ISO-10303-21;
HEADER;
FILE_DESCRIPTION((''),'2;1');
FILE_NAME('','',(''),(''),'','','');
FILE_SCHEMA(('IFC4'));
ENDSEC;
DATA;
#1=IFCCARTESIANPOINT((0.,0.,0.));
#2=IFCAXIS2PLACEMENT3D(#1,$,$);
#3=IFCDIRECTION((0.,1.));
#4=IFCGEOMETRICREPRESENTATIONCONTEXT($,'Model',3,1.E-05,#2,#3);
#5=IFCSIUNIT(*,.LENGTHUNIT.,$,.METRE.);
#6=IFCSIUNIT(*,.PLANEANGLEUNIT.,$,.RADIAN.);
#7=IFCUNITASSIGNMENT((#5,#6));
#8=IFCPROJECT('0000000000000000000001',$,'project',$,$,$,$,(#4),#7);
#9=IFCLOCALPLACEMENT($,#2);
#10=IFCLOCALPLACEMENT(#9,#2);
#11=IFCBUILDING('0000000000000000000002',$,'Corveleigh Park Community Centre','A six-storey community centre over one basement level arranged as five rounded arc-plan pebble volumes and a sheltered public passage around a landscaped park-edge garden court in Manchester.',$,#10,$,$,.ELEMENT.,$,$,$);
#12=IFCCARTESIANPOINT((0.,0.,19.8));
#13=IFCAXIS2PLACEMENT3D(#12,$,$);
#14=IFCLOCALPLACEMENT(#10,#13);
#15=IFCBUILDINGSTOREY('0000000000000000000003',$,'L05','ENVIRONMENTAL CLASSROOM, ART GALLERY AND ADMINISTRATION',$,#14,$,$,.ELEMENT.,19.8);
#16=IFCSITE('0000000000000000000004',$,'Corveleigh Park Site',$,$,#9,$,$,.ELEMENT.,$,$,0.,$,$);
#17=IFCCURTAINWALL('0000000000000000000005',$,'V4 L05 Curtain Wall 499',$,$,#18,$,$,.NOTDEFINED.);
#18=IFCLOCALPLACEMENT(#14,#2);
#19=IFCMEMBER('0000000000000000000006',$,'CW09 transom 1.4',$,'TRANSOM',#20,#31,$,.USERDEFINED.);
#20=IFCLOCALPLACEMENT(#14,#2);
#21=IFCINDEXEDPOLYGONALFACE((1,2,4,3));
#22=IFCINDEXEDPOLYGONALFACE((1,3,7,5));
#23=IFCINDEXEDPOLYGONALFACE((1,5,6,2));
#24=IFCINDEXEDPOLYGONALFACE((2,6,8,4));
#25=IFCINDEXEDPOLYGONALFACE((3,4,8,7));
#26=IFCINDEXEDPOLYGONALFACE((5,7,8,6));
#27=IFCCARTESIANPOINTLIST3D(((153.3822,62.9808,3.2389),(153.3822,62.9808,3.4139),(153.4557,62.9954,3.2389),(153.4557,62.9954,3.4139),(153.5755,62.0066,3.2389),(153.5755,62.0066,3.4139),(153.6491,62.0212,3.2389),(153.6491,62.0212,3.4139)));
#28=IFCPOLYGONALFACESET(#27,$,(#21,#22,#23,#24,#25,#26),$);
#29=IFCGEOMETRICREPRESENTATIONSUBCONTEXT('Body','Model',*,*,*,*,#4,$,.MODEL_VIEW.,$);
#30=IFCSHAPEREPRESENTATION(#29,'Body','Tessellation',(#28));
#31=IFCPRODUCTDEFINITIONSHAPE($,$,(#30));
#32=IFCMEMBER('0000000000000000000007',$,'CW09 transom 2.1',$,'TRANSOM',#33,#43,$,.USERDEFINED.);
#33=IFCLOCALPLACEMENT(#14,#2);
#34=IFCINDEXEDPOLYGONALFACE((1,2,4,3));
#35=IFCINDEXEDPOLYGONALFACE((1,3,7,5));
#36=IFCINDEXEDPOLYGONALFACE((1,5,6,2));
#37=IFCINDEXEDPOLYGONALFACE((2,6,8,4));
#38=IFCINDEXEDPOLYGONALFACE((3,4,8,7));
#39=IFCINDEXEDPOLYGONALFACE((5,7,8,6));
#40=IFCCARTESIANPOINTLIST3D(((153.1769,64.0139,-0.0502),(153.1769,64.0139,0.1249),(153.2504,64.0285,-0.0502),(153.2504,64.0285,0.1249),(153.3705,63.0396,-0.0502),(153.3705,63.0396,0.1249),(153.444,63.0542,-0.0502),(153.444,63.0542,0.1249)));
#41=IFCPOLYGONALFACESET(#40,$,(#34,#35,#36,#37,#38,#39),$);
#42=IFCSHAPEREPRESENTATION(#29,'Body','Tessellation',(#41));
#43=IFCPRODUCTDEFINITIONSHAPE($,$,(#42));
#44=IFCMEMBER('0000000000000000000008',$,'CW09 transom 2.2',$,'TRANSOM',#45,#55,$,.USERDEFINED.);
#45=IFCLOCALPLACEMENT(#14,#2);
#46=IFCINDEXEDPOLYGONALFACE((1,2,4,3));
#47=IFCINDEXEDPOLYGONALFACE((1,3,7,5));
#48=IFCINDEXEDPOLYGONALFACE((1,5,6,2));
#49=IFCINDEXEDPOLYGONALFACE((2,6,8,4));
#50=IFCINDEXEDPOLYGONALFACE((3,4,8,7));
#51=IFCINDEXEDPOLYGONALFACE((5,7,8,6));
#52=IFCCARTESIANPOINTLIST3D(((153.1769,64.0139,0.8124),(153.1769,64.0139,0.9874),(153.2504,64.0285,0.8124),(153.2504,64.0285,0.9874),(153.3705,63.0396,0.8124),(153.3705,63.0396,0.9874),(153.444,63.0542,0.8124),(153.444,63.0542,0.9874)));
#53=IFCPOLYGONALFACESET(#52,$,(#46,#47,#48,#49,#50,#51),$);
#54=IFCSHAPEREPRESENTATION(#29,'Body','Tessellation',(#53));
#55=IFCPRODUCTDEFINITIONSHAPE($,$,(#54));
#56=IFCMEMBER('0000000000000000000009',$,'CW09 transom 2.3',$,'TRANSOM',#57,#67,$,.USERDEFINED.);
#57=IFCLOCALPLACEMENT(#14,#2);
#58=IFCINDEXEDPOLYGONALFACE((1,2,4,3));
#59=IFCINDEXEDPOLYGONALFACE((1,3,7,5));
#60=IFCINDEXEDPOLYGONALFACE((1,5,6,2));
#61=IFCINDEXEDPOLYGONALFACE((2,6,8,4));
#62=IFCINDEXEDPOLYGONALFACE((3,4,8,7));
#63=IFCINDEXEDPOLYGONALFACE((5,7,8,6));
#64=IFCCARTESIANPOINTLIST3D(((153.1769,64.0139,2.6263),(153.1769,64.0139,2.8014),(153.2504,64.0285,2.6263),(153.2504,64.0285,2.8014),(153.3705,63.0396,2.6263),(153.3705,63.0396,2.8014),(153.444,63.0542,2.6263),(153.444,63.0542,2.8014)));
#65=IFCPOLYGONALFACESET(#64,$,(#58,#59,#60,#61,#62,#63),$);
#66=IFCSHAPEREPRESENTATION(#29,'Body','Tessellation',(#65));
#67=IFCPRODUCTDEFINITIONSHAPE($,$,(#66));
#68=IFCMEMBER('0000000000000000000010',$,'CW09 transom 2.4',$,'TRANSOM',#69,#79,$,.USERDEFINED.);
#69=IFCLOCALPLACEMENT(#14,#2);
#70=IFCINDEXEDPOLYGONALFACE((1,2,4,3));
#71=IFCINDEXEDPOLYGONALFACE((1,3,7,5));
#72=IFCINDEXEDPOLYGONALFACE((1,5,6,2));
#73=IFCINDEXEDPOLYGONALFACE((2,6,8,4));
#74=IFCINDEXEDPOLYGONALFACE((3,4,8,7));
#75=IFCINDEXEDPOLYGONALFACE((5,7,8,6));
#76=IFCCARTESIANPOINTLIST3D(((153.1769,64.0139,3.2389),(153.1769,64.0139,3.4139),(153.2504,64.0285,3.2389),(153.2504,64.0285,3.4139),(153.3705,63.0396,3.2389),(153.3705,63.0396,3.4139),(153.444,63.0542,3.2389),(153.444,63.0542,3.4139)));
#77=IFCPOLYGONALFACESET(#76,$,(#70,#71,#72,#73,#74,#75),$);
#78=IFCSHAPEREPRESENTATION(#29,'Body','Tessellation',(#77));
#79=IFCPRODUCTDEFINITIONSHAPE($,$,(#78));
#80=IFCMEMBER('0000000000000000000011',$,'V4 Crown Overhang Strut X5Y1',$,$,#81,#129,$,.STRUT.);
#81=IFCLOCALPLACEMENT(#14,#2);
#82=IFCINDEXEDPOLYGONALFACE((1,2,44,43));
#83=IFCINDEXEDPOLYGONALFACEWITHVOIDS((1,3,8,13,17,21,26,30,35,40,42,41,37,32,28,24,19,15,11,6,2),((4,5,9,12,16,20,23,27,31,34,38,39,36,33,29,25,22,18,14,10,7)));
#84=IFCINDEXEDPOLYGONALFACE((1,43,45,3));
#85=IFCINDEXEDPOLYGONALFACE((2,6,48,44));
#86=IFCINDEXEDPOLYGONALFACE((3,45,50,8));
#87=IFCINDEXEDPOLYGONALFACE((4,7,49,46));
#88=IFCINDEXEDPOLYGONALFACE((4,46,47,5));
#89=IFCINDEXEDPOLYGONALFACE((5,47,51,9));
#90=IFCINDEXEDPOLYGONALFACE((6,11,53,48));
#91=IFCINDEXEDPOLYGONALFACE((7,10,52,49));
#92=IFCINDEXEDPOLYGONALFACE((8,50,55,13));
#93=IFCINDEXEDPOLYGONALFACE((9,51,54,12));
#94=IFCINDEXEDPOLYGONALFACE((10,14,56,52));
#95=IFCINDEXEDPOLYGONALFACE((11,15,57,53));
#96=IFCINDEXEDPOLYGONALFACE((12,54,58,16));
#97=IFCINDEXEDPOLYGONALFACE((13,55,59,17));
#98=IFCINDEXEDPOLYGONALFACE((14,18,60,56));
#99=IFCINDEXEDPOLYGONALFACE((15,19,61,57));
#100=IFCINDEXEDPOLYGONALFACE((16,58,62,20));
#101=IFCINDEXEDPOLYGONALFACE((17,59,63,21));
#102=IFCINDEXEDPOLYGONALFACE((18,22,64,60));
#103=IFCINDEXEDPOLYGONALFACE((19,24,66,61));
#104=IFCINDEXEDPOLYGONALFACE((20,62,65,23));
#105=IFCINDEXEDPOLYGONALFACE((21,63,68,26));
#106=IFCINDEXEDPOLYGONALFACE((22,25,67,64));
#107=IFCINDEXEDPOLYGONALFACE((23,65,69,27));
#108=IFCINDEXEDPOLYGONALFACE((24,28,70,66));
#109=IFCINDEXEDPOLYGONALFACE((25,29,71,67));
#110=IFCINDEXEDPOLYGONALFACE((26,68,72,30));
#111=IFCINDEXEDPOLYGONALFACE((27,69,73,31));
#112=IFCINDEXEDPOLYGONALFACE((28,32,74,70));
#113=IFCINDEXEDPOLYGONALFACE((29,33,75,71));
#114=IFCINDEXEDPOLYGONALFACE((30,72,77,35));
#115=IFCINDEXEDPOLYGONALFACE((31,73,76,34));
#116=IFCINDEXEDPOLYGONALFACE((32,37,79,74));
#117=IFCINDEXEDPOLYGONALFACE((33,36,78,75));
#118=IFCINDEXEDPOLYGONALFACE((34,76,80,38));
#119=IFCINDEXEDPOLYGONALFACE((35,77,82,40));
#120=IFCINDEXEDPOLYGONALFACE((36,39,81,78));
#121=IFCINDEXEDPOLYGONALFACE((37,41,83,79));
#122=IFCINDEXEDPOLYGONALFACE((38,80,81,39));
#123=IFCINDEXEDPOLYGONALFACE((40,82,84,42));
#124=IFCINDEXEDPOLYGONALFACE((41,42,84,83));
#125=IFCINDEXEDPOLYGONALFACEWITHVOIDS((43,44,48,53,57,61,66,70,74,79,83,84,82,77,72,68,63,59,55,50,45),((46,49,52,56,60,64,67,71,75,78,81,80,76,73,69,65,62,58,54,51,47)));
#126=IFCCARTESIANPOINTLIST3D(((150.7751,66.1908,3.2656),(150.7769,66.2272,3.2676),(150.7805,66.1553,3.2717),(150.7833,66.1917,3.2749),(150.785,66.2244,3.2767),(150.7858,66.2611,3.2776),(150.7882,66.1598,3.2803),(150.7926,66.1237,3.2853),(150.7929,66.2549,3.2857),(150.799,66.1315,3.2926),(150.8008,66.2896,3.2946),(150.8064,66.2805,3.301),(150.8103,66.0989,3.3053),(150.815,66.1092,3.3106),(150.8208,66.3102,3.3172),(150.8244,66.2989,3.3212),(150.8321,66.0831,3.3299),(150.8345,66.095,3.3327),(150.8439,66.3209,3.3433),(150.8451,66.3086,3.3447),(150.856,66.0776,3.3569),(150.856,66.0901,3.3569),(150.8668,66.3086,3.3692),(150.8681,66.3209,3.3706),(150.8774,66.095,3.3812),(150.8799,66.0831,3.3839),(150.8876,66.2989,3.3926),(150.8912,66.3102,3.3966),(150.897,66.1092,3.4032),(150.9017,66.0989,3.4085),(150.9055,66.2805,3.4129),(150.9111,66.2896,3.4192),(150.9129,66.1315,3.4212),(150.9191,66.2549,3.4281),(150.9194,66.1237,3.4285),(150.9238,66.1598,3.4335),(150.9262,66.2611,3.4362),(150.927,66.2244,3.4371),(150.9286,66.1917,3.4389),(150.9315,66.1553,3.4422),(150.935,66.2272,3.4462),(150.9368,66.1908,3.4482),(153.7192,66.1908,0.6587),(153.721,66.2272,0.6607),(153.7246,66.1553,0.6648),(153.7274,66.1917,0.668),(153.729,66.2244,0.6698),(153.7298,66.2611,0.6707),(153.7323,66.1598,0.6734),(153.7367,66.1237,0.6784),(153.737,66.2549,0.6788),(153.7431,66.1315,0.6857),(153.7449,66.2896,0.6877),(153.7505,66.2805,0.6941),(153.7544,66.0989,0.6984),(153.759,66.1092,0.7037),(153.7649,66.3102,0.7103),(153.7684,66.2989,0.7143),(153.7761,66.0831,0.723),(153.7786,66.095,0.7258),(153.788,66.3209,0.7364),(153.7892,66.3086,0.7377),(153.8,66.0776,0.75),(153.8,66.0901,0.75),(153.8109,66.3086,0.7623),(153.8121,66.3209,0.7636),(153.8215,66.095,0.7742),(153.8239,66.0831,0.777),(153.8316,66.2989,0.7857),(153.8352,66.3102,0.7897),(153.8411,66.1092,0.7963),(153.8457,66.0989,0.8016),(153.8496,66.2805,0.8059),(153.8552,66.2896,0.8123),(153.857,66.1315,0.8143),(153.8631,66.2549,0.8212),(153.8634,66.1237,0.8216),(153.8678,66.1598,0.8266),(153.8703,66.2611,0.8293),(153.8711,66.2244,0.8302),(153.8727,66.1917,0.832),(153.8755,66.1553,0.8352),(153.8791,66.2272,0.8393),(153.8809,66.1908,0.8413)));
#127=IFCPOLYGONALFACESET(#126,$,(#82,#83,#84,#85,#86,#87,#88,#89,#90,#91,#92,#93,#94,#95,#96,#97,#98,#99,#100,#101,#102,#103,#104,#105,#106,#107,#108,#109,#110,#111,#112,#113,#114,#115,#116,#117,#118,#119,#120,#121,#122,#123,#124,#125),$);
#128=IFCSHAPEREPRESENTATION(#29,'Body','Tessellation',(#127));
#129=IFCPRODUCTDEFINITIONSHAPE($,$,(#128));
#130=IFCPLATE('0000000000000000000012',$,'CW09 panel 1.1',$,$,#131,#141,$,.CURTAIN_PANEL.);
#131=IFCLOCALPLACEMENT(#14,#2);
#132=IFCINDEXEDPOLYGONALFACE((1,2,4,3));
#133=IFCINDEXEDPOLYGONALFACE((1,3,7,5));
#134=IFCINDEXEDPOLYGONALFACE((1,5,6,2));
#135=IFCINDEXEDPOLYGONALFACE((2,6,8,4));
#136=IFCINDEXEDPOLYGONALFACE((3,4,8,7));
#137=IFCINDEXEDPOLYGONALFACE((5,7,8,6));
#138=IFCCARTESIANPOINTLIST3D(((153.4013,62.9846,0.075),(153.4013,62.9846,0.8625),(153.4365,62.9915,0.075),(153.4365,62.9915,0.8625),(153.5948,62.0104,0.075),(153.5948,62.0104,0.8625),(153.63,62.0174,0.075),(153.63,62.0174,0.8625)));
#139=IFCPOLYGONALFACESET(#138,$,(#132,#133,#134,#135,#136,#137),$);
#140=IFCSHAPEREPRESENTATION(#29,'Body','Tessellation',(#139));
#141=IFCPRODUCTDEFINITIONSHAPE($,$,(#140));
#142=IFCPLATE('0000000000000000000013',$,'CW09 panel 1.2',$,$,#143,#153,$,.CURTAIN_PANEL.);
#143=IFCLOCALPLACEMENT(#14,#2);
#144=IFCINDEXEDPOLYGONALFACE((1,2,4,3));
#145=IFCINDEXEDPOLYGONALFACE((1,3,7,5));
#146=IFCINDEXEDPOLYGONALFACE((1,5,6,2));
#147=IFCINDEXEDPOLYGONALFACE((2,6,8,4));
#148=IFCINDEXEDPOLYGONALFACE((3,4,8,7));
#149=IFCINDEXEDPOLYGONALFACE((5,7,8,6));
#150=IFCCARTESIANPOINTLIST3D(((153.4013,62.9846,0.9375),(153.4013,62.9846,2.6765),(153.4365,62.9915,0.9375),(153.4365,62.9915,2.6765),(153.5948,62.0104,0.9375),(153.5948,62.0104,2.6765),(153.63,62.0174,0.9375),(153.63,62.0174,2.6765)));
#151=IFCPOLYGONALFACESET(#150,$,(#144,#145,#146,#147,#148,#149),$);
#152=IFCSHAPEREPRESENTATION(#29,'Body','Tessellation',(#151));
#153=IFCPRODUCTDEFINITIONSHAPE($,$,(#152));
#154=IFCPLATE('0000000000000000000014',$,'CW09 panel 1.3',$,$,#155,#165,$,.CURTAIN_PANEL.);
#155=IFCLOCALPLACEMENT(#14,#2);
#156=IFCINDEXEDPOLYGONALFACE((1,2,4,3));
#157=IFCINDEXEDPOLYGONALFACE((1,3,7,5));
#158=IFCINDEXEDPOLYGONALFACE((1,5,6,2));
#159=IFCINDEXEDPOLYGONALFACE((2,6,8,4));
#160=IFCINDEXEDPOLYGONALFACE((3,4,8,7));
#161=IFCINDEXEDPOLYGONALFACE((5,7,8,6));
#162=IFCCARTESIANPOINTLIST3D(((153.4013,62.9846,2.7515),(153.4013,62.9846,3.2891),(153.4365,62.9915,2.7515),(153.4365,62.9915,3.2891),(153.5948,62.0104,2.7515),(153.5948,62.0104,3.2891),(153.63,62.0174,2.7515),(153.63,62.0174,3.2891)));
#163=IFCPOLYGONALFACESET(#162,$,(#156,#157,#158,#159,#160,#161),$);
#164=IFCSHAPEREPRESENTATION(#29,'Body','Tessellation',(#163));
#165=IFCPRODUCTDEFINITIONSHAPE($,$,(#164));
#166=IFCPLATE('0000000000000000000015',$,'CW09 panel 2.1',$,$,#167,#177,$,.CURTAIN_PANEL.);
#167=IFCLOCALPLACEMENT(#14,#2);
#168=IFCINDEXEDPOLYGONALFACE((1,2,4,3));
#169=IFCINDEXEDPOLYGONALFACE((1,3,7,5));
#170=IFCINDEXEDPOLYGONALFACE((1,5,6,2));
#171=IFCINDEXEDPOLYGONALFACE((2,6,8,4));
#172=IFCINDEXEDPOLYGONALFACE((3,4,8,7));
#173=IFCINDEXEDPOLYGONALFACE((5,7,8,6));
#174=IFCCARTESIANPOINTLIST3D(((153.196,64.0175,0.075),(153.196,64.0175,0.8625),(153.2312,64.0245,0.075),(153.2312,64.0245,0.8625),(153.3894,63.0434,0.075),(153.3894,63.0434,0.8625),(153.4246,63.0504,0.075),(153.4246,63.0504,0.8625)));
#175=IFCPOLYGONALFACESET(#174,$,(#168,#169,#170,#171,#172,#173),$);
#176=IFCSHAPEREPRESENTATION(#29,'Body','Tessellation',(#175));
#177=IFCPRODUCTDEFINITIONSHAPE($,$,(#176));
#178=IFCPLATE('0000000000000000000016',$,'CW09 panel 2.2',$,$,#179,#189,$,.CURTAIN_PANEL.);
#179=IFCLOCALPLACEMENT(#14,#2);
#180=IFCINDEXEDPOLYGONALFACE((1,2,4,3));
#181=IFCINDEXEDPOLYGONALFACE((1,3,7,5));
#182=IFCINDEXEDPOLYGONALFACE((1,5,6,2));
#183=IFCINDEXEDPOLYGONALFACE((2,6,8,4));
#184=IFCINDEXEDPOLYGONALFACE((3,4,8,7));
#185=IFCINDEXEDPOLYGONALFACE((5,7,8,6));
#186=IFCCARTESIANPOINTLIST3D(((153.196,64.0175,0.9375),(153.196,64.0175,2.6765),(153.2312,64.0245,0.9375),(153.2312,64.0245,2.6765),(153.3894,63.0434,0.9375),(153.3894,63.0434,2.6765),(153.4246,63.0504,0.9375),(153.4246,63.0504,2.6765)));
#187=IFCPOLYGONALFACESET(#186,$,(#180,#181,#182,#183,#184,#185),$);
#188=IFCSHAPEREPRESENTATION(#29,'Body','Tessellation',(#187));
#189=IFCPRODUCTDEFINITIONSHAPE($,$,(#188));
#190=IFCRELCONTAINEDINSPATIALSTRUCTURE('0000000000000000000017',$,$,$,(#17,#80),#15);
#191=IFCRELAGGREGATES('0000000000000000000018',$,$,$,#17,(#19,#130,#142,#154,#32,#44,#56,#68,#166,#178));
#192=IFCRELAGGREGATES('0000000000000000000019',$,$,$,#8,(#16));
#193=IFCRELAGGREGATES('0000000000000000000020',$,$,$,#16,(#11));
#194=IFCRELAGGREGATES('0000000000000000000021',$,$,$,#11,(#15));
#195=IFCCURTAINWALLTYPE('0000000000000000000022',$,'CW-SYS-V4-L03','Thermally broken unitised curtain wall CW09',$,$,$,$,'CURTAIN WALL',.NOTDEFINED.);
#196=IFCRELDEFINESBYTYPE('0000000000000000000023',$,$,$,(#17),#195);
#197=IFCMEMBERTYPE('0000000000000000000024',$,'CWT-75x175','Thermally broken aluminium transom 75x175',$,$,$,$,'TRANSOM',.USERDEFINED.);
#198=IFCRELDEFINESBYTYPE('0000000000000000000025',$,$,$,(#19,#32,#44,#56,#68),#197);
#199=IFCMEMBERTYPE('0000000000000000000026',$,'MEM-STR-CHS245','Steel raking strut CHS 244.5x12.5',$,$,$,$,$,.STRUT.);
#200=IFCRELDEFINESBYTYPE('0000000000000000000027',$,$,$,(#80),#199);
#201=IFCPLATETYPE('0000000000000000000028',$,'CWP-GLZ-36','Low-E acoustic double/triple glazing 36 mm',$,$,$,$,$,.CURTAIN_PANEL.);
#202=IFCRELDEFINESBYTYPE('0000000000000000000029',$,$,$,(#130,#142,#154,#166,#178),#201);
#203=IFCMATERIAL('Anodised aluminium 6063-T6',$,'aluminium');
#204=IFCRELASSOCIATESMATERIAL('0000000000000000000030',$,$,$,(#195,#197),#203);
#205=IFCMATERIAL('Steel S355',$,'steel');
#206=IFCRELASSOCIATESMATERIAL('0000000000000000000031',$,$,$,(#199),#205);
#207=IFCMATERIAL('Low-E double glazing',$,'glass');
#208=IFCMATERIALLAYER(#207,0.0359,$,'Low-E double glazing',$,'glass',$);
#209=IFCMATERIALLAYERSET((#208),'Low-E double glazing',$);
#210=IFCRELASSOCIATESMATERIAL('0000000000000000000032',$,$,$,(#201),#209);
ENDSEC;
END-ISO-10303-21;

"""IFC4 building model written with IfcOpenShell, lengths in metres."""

from ifc_helpers import new_model, si_unit, direction, frame, origin, origin_2d, place, context, subcontext, project, spatial, rectangle, hollow_circle, extrude, material, layer, layer_set, material_profile, profile_set, type_object, element, aggregate, save


model = new_model("IFC4")

# Units and contexts
model_context = context("Model", 3, precision=1e-05, world=origin(), true_north=direction((0.0, 1.0)))
body_context = subcontext(model_context, "Body", "Model", "MODEL_VIEW")
ifc_project = project(units=[si_unit("LENGTHUNIT", "METRE"), si_unit("PLANEANGLEUNIT", "RADIAN")], contexts=[model_context])

# Site, building, storey
site_placement = place(None, origin())
site = spatial("IfcSite", under=ifc_project, at=site_placement, Name="Corveleigh Park Site", CompositionType="ELEMENT", RefElevation=0.0)
building_placement = place(site_placement, origin())
building = spatial("IfcBuilding", under=site, at=building_placement, Name="Corveleigh Park Community Centre", Description="A six-storey community centre over one basement level arranged as five rounded arc-plan pebble volumes and a sheltered public passage around a landscaped park-edge garden court in Manchester.", CompositionType="ELEMENT")
storey_placement = place(building_placement, frame((0.0, 0.0, 19.8)))
storey = spatial("IfcBuildingStorey", under=building, at=storey_placement, Name="L05", Description="ENVIRONMENTAL CLASSROOM, ART GALLERY AND ADMINISTRATION", CompositionType="ELEMENT", Elevation=19.8)

# Shared definitions
ifc_material_1 = material(Name="Steel S355", Category="steel")

# Curtain wall, members
ifc_material_2 = material(Name="Anodised aluminium 6063-T6", Category="aluminium")
curtain_wall_type = type_object("IfcCurtainWallType", Name="CW-SYS-V4-L03", Description="Thermally broken unitised curtain wall CW09", ElementType="CURTAIN WALL", PredefinedType="NOTDEFINED", material=ifc_material_2)
curtain_wall_placement = place(storey_placement, origin())
curtain_wall = element("IfcCurtainWall", 1, at=curtain_wall_placement, inside=storey, type_object=curtain_wall_type, Name="V4 L05 Curtain Wall 499", PredefinedType="NOTDEFINED")
ifc_material_profile_1 = material_profile(ifc_material_2, rectangle(XDim=0.075, YDim=0.175, at=origin_2d()), Name="ALU-T75x175", Category="aluminium")
ifc_profile_set_1 = profile_set([ifc_material_profile_1], Name="Anodised aluminium 6063-T6")
member_type_1 = type_object("IfcMemberType", Name="CWT-75x175", Description="Thermally broken aluminium transom 75x175", ElementType="TRANSOM", PredefinedType="USERDEFINED", material=ifc_profile_set_1)
member_1_placement = place(storey_placement, frame((153.6123, 62.0139, 3.3264), z_axis=(-0.194698, 0.980863, 0.0), x_axis=(-0.980863, -0.194698, 0.0)))
member_1 = element("IfcMember", 2, at=member_1_placement, type_object=member_type_1, Name="CW09 transom 1.4", ObjectType="TRANSOM", PredefinedType="USERDEFINED", context=body_context, shape_type="SweptSolid", body=[
    extrude(rectangle(XDim=0.075, YDim=0.175, at=origin_2d()), origin(), (0.0, 0.0, 1.0), 0.9932),
])
member_2_placement = place(storey_placement, frame((153.4072, 63.0469, 0.0374), z_axis=(-0.194887, 0.980826, 0.0), x_axis=(-0.980826, -0.194887, 0.0)))
member_2 = element("IfcMember", 3, at=member_2_placement, type_object=member_type_1, Name="CW09 transom 2.1", ObjectType="TRANSOM", PredefinedType="USERDEFINED", context=body_context, shape_type="SweptSolid", body=[
    extrude(rectangle(XDim=0.075, YDim=0.175, at=origin_2d()), origin(), (0.0, 0.0, 1.0), 0.9934),
])
member_3_placement = place(storey_placement, frame((153.4072, 63.0469, 0.8999), z_axis=(-0.194887, 0.980826, 0.0), x_axis=(-0.980826, -0.194887, 0.0)))
member_3 = element("IfcMember", 4, at=member_3_placement, type_object=member_type_1, Name="CW09 transom 2.2", ObjectType="TRANSOM", PredefinedType="USERDEFINED", context=body_context, shape_type="SweptSolid", body=[
    extrude(rectangle(XDim=0.075, YDim=0.175, at=origin_2d()), origin(), (0.0, 0.0, 1.0), 0.9934),
])
member_4_placement = place(storey_placement, frame((153.4072, 63.0469, 2.7139), z_axis=(-0.194887, 0.980826, 0.0), x_axis=(-0.980826, -0.194887, 0.0)))
member_4 = element("IfcMember", 5, at=member_4_placement, type_object=member_type_1, Name="CW09 transom 2.3", ObjectType="TRANSOM", PredefinedType="USERDEFINED", context=body_context, shape_type="SweptSolid", body=[
    extrude(rectangle(XDim=0.075, YDim=0.175, at=origin_2d()), origin(), (0.0, 0.0, 1.0), 0.9934),
])
member_5_placement = place(storey_placement, frame((153.4072, 63.0469, 3.3264), z_axis=(-0.194887, 0.980826, 0.0), x_axis=(-0.980826, -0.194887, 0.0)))
member_5 = element("IfcMember", 6, at=member_5_placement, type_object=member_type_1, Name="CW09 transom 2.4", ObjectType="TRANSOM", PredefinedType="USERDEFINED", context=body_context, shape_type="SweptSolid", body=[
    extrude(rectangle(XDim=0.075, YDim=0.175, at=origin_2d()), origin(), (0.0, 0.0, 1.0), 0.9934),
])

# Member
ifc_material_profile_2 = material_profile(ifc_material_1, hollow_circle(Radius=0.1223, WallThickness=0.0125, at=origin_2d()), Name="CHS 244.5x12.5", Category="steel")
ifc_profile_set_2 = profile_set([ifc_material_profile_2], Name="Steel S355")
member_type_2 = type_object("IfcMemberType", Name="MEM-STR-CHS245", Description="Steel raking strut CHS 244.5x12.5", PredefinedType="STRUT", material=ifc_profile_set_2)
member_6_placement = place(storey_placement, frame((153.8, 66.2, 0.75), z_axis=(-0.748675, 0.0, 0.662937), x_axis=(0.0, -1.0, 0.0)))
element("IfcMember", 7, at=member_6_placement, inside=storey, type_object=member_type_2, Name="V4 Crown Overhang Strut X5Y1", PredefinedType="STRUT", context=body_context, shape_type="SweptSolid", body=[
    extrude(hollow_circle(Radius=0.1223, WallThickness=0.0125, at=origin_2d()), origin(), (0.0, 0.0, 1.0), 3.9324),
])

# Plates
ifc_material_3 = material(Name="Low-E double glazing", Category="glass")
ifc_layer_1 = layer(ifc_material_3, 0.0359, Name="Low-E double glazing", Category="glass")
ifc_layer_set_1 = layer_set([ifc_layer_1], Name="Low-E double glazing")
plate_type_1 = type_object("IfcPlateType", Name="CWP-GLZ-36", Description="Low-E acoustic double/triple glazing 36 mm", PredefinedType="CURTAIN_PANEL", material=ifc_layer_set_1)
plate_1_placement = place(storey_placement, frame((153.5156, 62.501, 0.075), z_axis=(0.0, 0.0, 1.0), x_axis=(-0.194784, 0.980846, 0.0)))
plate_1 = element("IfcPlate", 8, at=plate_1_placement, type_object=plate_type_1, Name="CW09 panel 1.1", PredefinedType="CURTAIN_PANEL", context=body_context, shape_type="SweptSolid", body=[
    extrude(rectangle(XDim=0.9932, YDim=0.0359, at=origin_2d()), origin(), (0.0, 0.0, 1.0), 0.7876),
])
plate_2_placement = place(storey_placement, frame((153.5156, 62.501, 0.9375), z_axis=(0.0, 0.0, 1.0), x_axis=(-0.194784, 0.980846, 0.0)))
plate_2 = element("IfcPlate", 9, at=plate_2_placement, type_object=plate_type_1, Name="CW09 panel 1.2", PredefinedType="CURTAIN_PANEL", context=body_context, shape_type="SweptSolid", body=[
    extrude(rectangle(XDim=0.9932, YDim=0.0359, at=origin_2d()), origin(), (0.0, 0.0, 1.0), 1.739),
])
plate_3_placement = place(storey_placement, frame((153.5156, 62.501, 2.7515), z_axis=(0.0, 0.0, 1.0), x_axis=(-0.194784, 0.980846, 0.0)))
plate_3 = element("IfcPlate", 10, at=plate_3_placement, type_object=plate_type_1, Name="CW09 panel 1.3", PredefinedType="CURTAIN_PANEL", context=body_context, shape_type="SweptSolid", body=[
    extrude(rectangle(XDim=0.9932, YDim=0.0359, at=origin_2d()), origin(), (0.0, 0.0, 1.0), 0.5376),
])
plate_4_placement = place(storey_placement, frame((153.3103, 63.5339, 0.075), z_axis=(0.0, 0.0, 1.0), x_axis=(-0.194784, 0.980846, 0.0)))
plate_4 = element("IfcPlate", 11, at=plate_4_placement, type_object=plate_type_1, Name="CW09 panel 2.1", PredefinedType="CURTAIN_PANEL", context=body_context, shape_type="SweptSolid", body=[
    extrude(rectangle(XDim=0.9932, YDim=0.0359, at=origin_2d()), origin(), (0.0, 0.0, 1.0), 0.7876),
])
plate_5_placement = place(storey_placement, frame((153.3103, 63.5339, 0.9375), z_axis=(0.0, 0.0, 1.0), x_axis=(-0.194784, 0.980846, 0.0)))
plate_5 = element("IfcPlate", 12, at=plate_5_placement, type_object=plate_type_1, Name="CW09 panel 2.2", PredefinedType="CURTAIN_PANEL", context=body_context, shape_type="SweptSolid", body=[
    extrude(rectangle(XDim=0.9932, YDim=0.0359, at=origin_2d()), origin(), (0.0, 0.0, 1.0), 1.739),
])
aggregate(curtain_wall, [member_1, plate_1, plate_2, plate_3, member_2, member_3, member_4, member_5, plate_4, plate_5])

save(model, "model.ifc")
